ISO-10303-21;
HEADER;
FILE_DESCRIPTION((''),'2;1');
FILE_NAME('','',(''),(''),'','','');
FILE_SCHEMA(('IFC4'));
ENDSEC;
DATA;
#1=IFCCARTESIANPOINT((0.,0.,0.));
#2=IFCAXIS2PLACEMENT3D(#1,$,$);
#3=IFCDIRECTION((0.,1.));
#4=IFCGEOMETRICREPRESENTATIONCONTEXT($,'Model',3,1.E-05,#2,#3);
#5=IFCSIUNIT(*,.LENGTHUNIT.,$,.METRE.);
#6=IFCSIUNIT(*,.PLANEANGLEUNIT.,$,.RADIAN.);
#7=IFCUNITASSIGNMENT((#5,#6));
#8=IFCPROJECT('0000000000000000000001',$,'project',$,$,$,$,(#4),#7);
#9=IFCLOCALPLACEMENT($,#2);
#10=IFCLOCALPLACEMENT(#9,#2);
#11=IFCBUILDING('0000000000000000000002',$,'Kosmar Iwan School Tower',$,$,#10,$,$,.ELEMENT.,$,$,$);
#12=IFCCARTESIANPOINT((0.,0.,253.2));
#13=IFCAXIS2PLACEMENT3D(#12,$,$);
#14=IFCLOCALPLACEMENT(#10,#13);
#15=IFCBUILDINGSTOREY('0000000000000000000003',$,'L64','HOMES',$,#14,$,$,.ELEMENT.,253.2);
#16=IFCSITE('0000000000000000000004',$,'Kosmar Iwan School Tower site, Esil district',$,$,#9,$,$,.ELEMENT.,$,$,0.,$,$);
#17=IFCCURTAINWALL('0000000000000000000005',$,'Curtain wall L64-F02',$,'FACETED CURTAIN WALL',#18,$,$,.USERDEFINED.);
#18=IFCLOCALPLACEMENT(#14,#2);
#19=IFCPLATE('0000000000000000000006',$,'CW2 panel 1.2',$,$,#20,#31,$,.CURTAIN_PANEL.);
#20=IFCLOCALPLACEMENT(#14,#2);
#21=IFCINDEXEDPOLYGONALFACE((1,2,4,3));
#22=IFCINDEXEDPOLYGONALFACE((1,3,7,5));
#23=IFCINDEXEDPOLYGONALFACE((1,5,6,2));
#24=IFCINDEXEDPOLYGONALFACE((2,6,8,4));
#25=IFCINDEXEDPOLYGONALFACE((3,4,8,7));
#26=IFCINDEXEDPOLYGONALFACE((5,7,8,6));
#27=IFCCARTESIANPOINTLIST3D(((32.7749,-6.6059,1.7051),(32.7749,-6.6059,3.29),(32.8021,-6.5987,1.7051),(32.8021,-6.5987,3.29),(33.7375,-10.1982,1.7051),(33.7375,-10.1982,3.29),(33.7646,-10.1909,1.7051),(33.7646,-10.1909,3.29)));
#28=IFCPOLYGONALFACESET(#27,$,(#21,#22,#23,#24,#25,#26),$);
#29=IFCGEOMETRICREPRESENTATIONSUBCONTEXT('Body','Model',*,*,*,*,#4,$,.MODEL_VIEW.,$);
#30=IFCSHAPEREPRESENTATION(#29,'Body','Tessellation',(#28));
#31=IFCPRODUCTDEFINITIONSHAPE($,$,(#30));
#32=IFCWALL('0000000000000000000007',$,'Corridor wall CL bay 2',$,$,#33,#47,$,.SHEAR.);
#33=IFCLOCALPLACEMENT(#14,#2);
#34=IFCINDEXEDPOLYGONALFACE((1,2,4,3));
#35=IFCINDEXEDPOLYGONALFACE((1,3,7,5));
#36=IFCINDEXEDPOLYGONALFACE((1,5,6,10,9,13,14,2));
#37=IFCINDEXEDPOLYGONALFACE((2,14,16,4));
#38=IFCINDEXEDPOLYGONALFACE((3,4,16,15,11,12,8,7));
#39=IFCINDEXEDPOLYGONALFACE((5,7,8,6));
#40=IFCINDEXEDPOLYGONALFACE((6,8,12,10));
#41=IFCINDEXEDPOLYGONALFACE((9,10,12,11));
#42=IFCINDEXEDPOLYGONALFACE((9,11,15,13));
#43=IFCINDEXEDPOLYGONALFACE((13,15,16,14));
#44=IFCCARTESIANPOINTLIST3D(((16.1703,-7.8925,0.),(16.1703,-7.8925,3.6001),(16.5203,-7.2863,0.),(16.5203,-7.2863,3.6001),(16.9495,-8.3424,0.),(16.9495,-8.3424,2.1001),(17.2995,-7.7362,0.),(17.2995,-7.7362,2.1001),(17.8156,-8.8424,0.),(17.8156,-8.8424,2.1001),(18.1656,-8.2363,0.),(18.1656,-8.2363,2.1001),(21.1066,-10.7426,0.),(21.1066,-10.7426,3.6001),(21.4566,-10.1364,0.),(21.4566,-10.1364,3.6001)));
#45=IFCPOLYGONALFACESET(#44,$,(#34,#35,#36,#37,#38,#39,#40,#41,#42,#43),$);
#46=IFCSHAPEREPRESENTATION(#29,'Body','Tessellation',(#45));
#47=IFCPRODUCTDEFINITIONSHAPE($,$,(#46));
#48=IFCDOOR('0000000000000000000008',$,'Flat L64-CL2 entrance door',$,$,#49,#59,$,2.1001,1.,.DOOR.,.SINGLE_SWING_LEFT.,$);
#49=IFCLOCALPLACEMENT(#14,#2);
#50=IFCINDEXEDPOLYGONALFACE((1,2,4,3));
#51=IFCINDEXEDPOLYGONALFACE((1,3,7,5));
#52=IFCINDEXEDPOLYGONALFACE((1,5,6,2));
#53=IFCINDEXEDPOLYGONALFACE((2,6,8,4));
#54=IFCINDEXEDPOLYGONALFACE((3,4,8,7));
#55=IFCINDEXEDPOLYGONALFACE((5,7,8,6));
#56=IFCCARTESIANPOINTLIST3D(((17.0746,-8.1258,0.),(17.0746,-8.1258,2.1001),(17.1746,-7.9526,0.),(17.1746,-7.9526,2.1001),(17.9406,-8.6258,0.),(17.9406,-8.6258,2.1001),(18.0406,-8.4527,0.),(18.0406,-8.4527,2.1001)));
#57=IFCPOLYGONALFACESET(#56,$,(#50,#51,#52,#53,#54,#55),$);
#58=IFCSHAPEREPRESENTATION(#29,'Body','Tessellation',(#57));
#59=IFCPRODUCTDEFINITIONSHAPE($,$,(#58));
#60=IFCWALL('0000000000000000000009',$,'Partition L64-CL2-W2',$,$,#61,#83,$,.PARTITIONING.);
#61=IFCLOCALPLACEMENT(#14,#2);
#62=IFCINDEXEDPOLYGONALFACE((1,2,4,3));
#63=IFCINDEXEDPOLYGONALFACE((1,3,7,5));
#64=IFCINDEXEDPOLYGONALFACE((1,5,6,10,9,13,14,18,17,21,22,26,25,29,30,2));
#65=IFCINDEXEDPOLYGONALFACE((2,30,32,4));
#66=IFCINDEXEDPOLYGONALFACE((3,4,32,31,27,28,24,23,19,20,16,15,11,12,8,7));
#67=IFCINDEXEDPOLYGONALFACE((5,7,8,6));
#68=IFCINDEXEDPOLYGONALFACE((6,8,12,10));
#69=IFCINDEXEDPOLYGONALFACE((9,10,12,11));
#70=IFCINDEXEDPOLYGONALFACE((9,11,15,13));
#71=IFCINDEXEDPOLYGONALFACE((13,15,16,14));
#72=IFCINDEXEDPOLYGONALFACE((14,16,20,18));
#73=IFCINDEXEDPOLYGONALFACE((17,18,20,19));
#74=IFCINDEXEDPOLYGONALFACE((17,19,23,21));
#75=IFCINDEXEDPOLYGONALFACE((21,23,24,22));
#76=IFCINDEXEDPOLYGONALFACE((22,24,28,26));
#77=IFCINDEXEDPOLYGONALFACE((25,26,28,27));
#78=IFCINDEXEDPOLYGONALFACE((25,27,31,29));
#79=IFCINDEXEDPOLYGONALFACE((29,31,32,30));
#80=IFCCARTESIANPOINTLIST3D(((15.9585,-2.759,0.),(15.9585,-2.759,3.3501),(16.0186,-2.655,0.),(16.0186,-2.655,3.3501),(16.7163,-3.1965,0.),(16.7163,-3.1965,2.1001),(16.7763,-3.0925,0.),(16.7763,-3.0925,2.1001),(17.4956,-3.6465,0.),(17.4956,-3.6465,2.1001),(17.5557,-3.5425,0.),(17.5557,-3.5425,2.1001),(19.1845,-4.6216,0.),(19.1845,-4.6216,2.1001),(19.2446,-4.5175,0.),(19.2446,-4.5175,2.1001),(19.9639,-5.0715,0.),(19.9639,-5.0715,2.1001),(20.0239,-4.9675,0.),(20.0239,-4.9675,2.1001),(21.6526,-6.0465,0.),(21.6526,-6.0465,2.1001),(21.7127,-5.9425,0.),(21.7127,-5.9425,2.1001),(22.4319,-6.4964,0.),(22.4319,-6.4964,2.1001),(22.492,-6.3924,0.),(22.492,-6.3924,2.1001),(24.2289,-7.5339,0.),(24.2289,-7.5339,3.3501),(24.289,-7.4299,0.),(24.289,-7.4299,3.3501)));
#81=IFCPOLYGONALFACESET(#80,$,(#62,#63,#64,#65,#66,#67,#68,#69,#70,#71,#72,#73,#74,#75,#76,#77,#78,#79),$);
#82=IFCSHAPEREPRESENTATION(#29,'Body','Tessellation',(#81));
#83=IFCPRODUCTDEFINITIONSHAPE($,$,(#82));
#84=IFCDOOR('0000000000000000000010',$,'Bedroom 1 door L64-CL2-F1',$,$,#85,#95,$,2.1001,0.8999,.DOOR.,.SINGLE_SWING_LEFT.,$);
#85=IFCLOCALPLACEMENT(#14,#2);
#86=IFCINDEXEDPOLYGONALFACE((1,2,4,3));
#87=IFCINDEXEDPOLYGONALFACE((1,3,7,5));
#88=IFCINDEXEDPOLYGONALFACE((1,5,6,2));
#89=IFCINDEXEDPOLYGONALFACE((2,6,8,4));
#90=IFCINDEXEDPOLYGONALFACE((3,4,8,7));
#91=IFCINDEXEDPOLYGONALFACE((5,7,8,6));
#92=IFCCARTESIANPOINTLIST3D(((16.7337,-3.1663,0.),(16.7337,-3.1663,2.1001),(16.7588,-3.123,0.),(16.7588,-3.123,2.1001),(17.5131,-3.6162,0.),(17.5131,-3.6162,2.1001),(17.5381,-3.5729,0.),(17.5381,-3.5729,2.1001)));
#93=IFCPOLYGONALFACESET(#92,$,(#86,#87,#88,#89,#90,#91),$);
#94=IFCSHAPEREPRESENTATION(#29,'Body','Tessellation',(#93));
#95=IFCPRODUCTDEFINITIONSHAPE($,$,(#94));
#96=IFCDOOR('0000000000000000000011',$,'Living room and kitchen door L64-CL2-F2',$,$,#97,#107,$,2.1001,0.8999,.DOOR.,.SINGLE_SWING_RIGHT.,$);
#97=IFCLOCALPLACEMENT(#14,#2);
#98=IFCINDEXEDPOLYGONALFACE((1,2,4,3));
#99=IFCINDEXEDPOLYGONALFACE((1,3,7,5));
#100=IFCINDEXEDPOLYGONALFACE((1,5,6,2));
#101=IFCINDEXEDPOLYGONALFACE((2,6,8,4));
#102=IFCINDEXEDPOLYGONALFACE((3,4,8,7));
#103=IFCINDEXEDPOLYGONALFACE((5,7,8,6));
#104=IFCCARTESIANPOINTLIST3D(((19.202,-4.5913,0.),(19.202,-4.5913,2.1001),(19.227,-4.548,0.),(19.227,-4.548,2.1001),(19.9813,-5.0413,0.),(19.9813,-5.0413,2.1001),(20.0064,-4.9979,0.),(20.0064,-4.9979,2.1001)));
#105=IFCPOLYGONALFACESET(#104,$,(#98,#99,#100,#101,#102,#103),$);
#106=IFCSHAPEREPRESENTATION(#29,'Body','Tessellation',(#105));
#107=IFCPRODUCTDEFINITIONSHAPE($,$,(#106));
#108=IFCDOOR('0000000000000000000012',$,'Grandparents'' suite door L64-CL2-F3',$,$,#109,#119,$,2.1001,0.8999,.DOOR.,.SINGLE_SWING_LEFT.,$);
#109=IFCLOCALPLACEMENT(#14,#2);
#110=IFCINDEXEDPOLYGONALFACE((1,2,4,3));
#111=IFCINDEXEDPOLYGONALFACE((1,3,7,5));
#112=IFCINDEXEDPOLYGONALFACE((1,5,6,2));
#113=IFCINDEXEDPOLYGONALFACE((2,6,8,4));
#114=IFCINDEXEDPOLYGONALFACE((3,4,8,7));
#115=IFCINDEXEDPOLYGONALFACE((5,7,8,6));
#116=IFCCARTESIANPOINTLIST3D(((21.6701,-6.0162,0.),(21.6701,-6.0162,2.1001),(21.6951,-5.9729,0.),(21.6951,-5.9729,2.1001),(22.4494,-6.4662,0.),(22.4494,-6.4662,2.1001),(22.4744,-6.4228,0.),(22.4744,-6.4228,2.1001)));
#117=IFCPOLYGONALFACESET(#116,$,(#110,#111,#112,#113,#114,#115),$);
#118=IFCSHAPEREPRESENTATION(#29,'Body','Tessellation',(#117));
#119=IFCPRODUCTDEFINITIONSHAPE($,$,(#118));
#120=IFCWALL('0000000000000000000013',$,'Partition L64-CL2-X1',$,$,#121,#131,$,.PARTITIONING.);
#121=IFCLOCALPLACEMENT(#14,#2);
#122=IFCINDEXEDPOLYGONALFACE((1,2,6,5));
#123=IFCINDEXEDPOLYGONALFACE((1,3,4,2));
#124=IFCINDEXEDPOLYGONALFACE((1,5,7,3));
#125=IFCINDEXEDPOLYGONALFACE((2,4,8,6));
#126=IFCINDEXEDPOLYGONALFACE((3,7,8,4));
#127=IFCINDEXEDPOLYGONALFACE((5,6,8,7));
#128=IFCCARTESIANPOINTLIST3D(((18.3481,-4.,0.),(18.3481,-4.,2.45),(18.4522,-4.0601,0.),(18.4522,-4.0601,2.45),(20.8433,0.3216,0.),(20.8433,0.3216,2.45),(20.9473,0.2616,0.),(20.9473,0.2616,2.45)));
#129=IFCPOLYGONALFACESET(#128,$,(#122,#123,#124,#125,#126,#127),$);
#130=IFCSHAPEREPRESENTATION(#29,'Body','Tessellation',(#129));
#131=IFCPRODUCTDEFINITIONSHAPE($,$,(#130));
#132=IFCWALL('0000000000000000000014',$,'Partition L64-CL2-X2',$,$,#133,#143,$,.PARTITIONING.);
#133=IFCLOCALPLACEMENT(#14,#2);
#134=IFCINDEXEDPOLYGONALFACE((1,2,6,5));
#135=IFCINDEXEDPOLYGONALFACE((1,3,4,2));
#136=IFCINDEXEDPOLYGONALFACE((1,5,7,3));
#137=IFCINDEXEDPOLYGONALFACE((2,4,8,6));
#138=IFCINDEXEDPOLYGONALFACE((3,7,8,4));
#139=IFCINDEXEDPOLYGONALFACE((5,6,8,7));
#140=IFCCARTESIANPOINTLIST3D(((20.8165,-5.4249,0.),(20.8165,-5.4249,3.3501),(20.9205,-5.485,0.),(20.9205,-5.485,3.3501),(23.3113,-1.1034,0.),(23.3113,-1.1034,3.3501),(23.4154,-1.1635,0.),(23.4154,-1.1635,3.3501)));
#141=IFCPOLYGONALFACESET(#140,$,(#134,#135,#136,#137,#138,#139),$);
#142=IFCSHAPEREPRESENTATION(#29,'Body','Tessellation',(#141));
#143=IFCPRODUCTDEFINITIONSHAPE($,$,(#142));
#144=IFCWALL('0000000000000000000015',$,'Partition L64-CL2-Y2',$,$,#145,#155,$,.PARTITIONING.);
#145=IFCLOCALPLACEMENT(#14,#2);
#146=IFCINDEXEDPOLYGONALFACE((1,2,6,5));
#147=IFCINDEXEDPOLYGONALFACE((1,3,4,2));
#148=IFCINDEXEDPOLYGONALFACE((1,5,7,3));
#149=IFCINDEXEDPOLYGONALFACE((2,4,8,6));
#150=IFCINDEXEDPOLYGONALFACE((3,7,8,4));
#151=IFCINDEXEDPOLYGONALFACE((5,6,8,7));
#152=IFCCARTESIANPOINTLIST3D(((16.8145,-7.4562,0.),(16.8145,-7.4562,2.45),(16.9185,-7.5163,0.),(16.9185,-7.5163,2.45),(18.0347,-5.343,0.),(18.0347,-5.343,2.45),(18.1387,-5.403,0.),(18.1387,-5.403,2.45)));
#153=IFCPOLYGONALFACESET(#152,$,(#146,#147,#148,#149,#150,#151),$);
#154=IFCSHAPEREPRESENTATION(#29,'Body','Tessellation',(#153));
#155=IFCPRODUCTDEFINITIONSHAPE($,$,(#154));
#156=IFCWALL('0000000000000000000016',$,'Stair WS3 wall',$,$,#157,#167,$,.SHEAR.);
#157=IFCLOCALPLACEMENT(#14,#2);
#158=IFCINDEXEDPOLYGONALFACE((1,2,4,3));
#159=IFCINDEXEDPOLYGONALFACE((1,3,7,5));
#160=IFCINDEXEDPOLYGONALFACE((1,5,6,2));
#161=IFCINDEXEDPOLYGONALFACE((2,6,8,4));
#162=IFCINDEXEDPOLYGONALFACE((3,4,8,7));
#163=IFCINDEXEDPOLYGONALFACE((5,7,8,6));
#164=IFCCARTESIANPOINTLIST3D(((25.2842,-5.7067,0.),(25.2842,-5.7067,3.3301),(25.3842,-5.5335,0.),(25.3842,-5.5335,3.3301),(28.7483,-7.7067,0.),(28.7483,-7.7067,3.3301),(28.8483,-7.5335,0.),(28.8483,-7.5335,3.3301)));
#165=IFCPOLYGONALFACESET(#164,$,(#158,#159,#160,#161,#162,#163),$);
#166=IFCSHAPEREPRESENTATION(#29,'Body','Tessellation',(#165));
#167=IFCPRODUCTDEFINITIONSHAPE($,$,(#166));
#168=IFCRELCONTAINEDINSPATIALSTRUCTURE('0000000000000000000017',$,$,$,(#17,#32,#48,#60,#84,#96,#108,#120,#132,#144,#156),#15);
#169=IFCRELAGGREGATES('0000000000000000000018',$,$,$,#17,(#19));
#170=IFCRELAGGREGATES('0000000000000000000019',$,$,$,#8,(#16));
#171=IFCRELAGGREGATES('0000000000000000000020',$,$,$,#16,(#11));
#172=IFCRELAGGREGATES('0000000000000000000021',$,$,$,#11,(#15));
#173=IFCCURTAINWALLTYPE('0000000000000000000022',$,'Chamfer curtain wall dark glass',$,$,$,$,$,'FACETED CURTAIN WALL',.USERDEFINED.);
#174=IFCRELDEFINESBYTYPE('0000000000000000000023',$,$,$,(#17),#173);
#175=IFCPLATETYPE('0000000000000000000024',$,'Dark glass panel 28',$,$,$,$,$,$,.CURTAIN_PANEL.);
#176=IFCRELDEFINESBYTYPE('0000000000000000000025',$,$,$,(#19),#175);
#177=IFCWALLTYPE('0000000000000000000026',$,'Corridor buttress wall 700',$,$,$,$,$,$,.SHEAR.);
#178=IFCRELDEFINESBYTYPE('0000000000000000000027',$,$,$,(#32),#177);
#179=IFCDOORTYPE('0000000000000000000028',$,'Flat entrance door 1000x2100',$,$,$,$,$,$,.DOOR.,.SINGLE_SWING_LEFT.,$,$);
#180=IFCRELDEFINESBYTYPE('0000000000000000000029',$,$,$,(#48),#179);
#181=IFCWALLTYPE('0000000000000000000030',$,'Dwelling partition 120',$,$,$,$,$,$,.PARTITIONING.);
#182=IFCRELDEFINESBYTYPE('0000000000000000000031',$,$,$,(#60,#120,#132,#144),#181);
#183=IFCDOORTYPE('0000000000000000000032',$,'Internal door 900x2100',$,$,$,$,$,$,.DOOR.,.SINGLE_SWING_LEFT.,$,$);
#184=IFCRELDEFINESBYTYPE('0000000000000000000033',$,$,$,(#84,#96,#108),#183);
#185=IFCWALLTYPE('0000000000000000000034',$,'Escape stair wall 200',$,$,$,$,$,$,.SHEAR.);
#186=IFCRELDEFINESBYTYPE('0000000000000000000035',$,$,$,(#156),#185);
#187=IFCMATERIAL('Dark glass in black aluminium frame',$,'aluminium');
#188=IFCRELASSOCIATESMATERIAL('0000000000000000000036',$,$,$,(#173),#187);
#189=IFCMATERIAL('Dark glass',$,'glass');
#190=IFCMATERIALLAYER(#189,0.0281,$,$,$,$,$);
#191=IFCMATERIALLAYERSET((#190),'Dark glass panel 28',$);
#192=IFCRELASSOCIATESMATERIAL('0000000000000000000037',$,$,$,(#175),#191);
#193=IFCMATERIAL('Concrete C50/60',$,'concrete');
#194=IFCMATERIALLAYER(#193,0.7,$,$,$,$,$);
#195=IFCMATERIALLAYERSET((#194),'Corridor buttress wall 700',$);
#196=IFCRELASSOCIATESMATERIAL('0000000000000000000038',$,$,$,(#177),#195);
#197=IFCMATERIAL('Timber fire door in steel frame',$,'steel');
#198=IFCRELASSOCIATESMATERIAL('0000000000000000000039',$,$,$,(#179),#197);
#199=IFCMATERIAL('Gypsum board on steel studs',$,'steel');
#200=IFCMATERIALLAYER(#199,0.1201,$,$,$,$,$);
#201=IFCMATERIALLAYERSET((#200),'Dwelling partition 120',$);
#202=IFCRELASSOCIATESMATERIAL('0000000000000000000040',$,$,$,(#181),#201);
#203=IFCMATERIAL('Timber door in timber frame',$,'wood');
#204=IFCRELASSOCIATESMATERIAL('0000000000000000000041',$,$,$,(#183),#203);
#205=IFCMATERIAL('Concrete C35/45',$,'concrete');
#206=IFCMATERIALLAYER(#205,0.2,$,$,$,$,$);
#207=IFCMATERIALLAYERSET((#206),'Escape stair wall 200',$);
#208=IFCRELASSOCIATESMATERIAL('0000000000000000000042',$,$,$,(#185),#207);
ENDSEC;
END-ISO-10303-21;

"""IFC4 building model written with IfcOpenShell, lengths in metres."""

from ifc_helpers import new_model, si_unit, direction, frame, frame_2d, origin, origin_2d, place, context, subcontext, project, spatial, rectangle, extrude, material, layer, layer_set, type_object, element, fill, aggregate, save


model = new_model("IFC4")

# Units and contexts
model_context = context("Model", 3, precision=1e-05, world=origin(), true_north=direction((0.0, 1.0)))
body_context = subcontext(model_context, "Body", "Model", "MODEL_VIEW")
ifc_project = project(units=[si_unit("LENGTHUNIT", "METRE"), si_unit("PLANEANGLEUNIT", "RADIAN")], contexts=[model_context])

# Site, building, storey
site_placement = place(None, origin())
site = spatial("IfcSite", under=ifc_project, at=site_placement, Name="Kosmar Iwan School Tower site, Esil district", CompositionType="ELEMENT", RefElevation=0.0)
building_placement = place(site_placement, origin())
building = spatial("IfcBuilding", under=site, at=building_placement, Name="Kosmar Iwan School Tower", CompositionType="ELEMENT")
storey_placement = place(building_placement, frame((0.0, 0.0, 253.2)))
storey = spatial("IfcBuildingStorey", under=building, at=storey_placement, Name="L64", Description="HOMES", CompositionType="ELEMENT", Elevation=253.2)

# Curtain wall
ifc_material_1 = material(Name="Dark glass in black aluminium frame", Category="aluminium")
curtain_wall_type = type_object("IfcCurtainWallType", Name="Chamfer curtain wall dark glass", ElementType="FACETED CURTAIN WALL", PredefinedType="USERDEFINED", material=ifc_material_1)
curtain_wall_placement = place(storey_placement, origin())
curtain_wall = element("IfcCurtainWall", 1, at=curtain_wall_placement, inside=storey, type_object=curtain_wall_type, Name="Curtain wall L64-F02", ObjectType="FACETED CURTAIN WALL", PredefinedType="USERDEFINED")

# Plate
ifc_material_2 = material(Name="Dark glass", Category="glass")
ifc_layer_1 = layer(ifc_material_2, 0.0281)
ifc_layer_set_1 = layer_set([ifc_layer_1], Name="Dark glass panel 28")
plate_type = type_object("IfcPlateType", Name="Dark glass panel 28", PredefinedType="CURTAIN_PANEL", material=ifc_layer_set_1)
plate_placement = place(storey_placement, frame((33.2698, -8.3984, 1.7051), z_axis=(0.0, 0.0, 1.0), x_axis=(-0.258819, 0.965926, 0.0)))
plate = element("IfcPlate", 2, at=plate_placement, type_object=plate_type, Name="CW2 panel 1.2", PredefinedType="CURTAIN_PANEL", context=body_context, shape_type="SweptSolid", body=[
    extrude(rectangle(XDim=3.719, YDim=0.0281, at=origin_2d()), origin(), (0.0, 0.0, 1.0), 1.585),
])
aggregate(curtain_wall, [plate])

# Wall, opening, door
ifc_material_3 = material(Name="Concrete C50/60", Category="concrete")
ifc_layer_2 = layer(ifc_material_3, 0.7)
ifc_layer_set_2 = layer_set([ifc_layer_2], Name="Corridor buttress wall 700")
wall_type_1 = type_object("IfcWallType", Name="Corridor buttress wall 700", PredefinedType="SHEAR", material=ifc_layer_set_2)
wall_1_placement = place(storey_placement, frame((16.3452, -7.5894, 0.0), z_axis=(0.0, 0.0, 1.0), x_axis=(0.866015, -0.500018, 0.0)))
wall_1 = element("IfcWall", 3, at=wall_1_placement, inside=storey, type_object=wall_type_1, Name="Corridor wall CL bay 2", PredefinedType="SHEAR", context=body_context, shape_type="SweptSolid", body=[
    extrude(rectangle(XDim=5.7, YDim=0.7, at=frame_2d((2.8501, 0.0))), origin(), (0.0, 0.0, 1.0), 3.6001),
])
opening_1_placement = place(wall_1_placement, frame((0.8999, 0.0, 0.0)))
opening_1 = element("IfcOpeningElement", 4, at=opening_1_placement, cuts=wall_1, PredefinedType="OPENING", context=body_context, shape_type="SweptSolid", body=[
    extrude(rectangle(XDim=1.0, YDim=2.1001, at=frame_2d((0.5, 1.05))), frame((0.0, 0.3621, 0.0), z_axis=(0.0, -1.0, 0.0), x_axis=(1.0, 0.0, 0.0)), (0.0, 0.0, 1.0), 0.7239),
])
ifc_material_4 = material(Name="Timber fire door in steel frame", Category="steel")
door_type_1 = type_object("IfcDoorType", Name="Flat entrance door 1000x2100", OperationType="SINGLE_SWING_LEFT", PredefinedType="DOOR", material=ifc_material_4)
door_1_placement = place(opening_1_placement, origin())
door_1 = element("IfcDoor", 5, at=door_1_placement, inside=storey, type_object=door_type_1, Name="Flat L64-CL2 entrance door", OperationType="SINGLE_SWING_LEFT", OverallHeight=2.1001, OverallWidth=1.0, PredefinedType="DOOR", context=body_context, shape_type="SweptSolid", body=[
    extrude(rectangle(XDim=1.0, YDim=2.1001, at=frame_2d((0.5, 1.05))), frame((0.0, 0.1001, 0.0), z_axis=(0.0, -1.0, 0.0), x_axis=(1.0, 0.0, 0.0)), (0.0, 0.0, 1.0), 0.2),
])
fill(opening_1, door_1)

# Wall, openings, doors
ifc_material_5 = material(Name="Gypsum board on steel studs", Category="steel")
ifc_layer_3 = layer(ifc_material_5, 0.1201)
ifc_layer_set_3 = layer_set([ifc_layer_3], Name="Dwelling partition 120")
wall_type_2 = type_object("IfcWallType", Name="Dwelling partition 120", PredefinedType="PARTITIONING", material=ifc_layer_set_3)
wall_2_placement = place(storey_placement, frame((15.9885, -2.707, 0.0), z_axis=(0.0, 0.0, 1.0), x_axis=(0.866029, -0.499994, 0.0)))
wall_2 = element("IfcWall", 6, at=wall_2_placement, inside=storey, type_object=wall_type_2, Name="Partition L64-CL2-W2", PredefinedType="PARTITIONING", context=body_context, shape_type="SweptSolid", body=[
    extrude(rectangle(XDim=9.5498, YDim=0.1201, at=frame_2d((4.7749, 0.0))), origin(), (0.0, 0.0, 1.0), 3.3501),
])
opening_2_placement = place(wall_2_placement, frame((0.875, 0.0, 0.0)))
opening_2 = element("IfcOpeningElement", 7, at=opening_2_placement, cuts=wall_2, PredefinedType="OPENING", context=body_context, shape_type="SweptSolid", body=[
    extrude(rectangle(XDim=0.8999, YDim=2.1001, at=frame_2d((0.45, 1.05))), frame((0.0, 0.072, 0.0), z_axis=(0.0, -1.0, 0.0), x_axis=(1.0, 0.0, 0.0)), (0.0, 0.0, 1.0), 0.144),
])
opening_3_placement = place(wall_2_placement, frame((3.7251, 0.0, 0.0)))
opening_3 = element("IfcOpeningElement", 8, at=opening_3_placement, cuts=wall_2, PredefinedType="OPENING", context=body_context, shape_type="SweptSolid", body=[
    extrude(rectangle(XDim=0.8999, YDim=2.1001, at=frame_2d((0.45, 1.05))), frame((0.0, 0.072, 0.0), z_axis=(0.0, -1.0, 0.0), x_axis=(1.0, 0.0, 0.0)), (0.0, 0.0, 1.0), 0.144),
])
opening_4_placement = place(wall_2_placement, frame((6.575, 0.0, 0.0)))
opening_4 = element("IfcOpeningElement", 9, at=opening_4_placement, cuts=wall_2, PredefinedType="OPENING", context=body_context, shape_type="SweptSolid", body=[
    extrude(rectangle(XDim=0.8999, YDim=2.1001, at=frame_2d((0.45, 1.05))), frame((0.0, 0.072, 0.0), z_axis=(0.0, -1.0, 0.0), x_axis=(1.0, 0.0, 0.0)), (0.0, 0.0, 1.0), 0.144),
])
ifc_material_6 = material(Name="Timber door in timber frame", Category="wood")
door_type_2 = type_object("IfcDoorType", Name="Internal door 900x2100", OperationType="SINGLE_SWING_LEFT", PredefinedType="DOOR", material=ifc_material_6)
door_2_placement = place(opening_2_placement, origin())
door_2 = element("IfcDoor", 10, at=door_2_placement, inside=storey, type_object=door_type_2, Name="Bedroom 1 door L64-CL2-F1", OperationType="SINGLE_SWING_LEFT", OverallHeight=2.1001, OverallWidth=0.8999, PredefinedType="DOOR", context=body_context, shape_type="SweptSolid", body=[
    extrude(rectangle(XDim=0.8999, YDim=2.1001, at=frame_2d((0.45, 1.05))), frame((0.0, 0.0249, 0.0), z_axis=(0.0, -1.0, 0.0), x_axis=(1.0, 0.0, 0.0)), (0.0, 0.0, 1.0), 0.05),
])
fill(opening_2, door_2)
door_3_placement = place(opening_3_placement, origin())
door_3 = element("IfcDoor", 11, at=door_3_placement, inside=storey, type_object=door_type_2, Name="Living room and kitchen door L64-CL2-F2", OperationType="SINGLE_SWING_RIGHT", OverallHeight=2.1001, OverallWidth=0.8999, PredefinedType="DOOR", context=body_context, shape_type="SweptSolid", body=[
    extrude(rectangle(XDim=0.8999, YDim=2.1001, at=frame_2d((0.45, 1.05))), frame((0.0, 0.0249, 0.0), z_axis=(0.0, -1.0, 0.0), x_axis=(1.0, 0.0, 0.0)), (0.0, 0.0, 1.0), 0.05),
])
fill(opening_3, door_3)
door_4_placement = place(opening_4_placement, origin())
door_4 = element("IfcDoor", 12, at=door_4_placement, inside=storey, type_object=door_type_2, Name="Grandparents' suite door L64-CL2-F3", OperationType="SINGLE_SWING_LEFT", OverallHeight=2.1001, OverallWidth=0.8999, PredefinedType="DOOR", context=body_context, shape_type="SweptSolid", body=[
    extrude(rectangle(XDim=0.8999, YDim=2.1001, at=frame_2d((0.45, 1.05))), frame((0.0, 0.0249, 0.0), z_axis=(0.0, -1.0, 0.0), x_axis=(1.0, 0.0, 0.0)), (0.0, 0.0, 1.0), 0.05),
])
fill(opening_4, door_4)

# Walls
wall_3_placement = place(storey_placement, frame((18.4001, -4.03, 0.0), z_axis=(0.0, 0.0, 1.0), x_axis=(0.500012, 0.866019, 0.0)))
element("IfcWall", 13, at=wall_3_placement, inside=storey, type_object=wall_type_2, Name="Partition L64-CL2-X1", PredefinedType="PARTITIONING", context=body_context, shape_type="SweptSolid", body=[
    extrude(rectangle(XDim=4.9902, YDim=0.1201, at=frame_2d((2.4951, 0.0))), origin(), (0.0, 0.0, 1.0), 2.45),
])
wall_4_placement = place(storey_placement, frame((20.8684, -5.4551, 0.0), z_axis=(0.0, 0.0, 1.0), x_axis=(0.499975, 0.86604, 0.0)))
element("IfcWall", 14, at=wall_4_placement, inside=storey, type_object=wall_type_2, Name="Partition L64-CL2-X2", PredefinedType="PARTITIONING", context=body_context, shape_type="SweptSolid", body=[
    extrude(rectangle(XDim=4.99, YDim=0.1201, at=frame_2d((2.4951, 0.0))), origin(), (0.0, 0.0, 1.0), 3.3501),
])
wall_5_placement = place(storey_placement, frame((16.8665, -7.4863, 0.0), z_axis=(0.0, 0.0, 1.0), x_axis=(0.500034, 0.866006, 0.0)))
element("IfcWall", 15, at=wall_5_placement, inside=storey, type_object=wall_type_2, Name="Partition L64-CL2-Y2", PredefinedType="PARTITIONING", context=body_context, shape_type="SweptSolid", body=[
    extrude(rectangle(XDim=2.4402, YDim=0.1201, at=frame_2d((1.2202, 0.0))), origin(), (0.0, 0.0, 1.0), 2.45),
])
ifc_material_7 = material(Name="Concrete C35/45", Category="concrete")
ifc_layer_4 = layer(ifc_material_7, 0.2)
ifc_layer_set_4 = layer_set([ifc_layer_4], Name="Escape stair wall 200")
wall_type_3 = type_object("IfcWallType", Name="Escape stair wall 200", PredefinedType="SHEAR", material=ifc_layer_set_4)
wall_6_placement = place(storey_placement, frame((25.3342, -5.6201, 0.0), z_axis=(0.0, 0.0, 1.0), x_axis=(0.866026, -0.499999, 0.0)))
element("IfcWall", 16, at=wall_6_placement, inside=storey, type_object=wall_type_3, Name="Stair WS3 wall", PredefinedType="SHEAR", context=body_context, shape_type="SweptSolid", body=[
    extrude(rectangle(XDim=4.0, YDim=0.2, at=frame_2d((2.0, 0.0))), origin(), (0.0, 0.0, 1.0), 3.3301),
])

save(model, "model.ifc")
